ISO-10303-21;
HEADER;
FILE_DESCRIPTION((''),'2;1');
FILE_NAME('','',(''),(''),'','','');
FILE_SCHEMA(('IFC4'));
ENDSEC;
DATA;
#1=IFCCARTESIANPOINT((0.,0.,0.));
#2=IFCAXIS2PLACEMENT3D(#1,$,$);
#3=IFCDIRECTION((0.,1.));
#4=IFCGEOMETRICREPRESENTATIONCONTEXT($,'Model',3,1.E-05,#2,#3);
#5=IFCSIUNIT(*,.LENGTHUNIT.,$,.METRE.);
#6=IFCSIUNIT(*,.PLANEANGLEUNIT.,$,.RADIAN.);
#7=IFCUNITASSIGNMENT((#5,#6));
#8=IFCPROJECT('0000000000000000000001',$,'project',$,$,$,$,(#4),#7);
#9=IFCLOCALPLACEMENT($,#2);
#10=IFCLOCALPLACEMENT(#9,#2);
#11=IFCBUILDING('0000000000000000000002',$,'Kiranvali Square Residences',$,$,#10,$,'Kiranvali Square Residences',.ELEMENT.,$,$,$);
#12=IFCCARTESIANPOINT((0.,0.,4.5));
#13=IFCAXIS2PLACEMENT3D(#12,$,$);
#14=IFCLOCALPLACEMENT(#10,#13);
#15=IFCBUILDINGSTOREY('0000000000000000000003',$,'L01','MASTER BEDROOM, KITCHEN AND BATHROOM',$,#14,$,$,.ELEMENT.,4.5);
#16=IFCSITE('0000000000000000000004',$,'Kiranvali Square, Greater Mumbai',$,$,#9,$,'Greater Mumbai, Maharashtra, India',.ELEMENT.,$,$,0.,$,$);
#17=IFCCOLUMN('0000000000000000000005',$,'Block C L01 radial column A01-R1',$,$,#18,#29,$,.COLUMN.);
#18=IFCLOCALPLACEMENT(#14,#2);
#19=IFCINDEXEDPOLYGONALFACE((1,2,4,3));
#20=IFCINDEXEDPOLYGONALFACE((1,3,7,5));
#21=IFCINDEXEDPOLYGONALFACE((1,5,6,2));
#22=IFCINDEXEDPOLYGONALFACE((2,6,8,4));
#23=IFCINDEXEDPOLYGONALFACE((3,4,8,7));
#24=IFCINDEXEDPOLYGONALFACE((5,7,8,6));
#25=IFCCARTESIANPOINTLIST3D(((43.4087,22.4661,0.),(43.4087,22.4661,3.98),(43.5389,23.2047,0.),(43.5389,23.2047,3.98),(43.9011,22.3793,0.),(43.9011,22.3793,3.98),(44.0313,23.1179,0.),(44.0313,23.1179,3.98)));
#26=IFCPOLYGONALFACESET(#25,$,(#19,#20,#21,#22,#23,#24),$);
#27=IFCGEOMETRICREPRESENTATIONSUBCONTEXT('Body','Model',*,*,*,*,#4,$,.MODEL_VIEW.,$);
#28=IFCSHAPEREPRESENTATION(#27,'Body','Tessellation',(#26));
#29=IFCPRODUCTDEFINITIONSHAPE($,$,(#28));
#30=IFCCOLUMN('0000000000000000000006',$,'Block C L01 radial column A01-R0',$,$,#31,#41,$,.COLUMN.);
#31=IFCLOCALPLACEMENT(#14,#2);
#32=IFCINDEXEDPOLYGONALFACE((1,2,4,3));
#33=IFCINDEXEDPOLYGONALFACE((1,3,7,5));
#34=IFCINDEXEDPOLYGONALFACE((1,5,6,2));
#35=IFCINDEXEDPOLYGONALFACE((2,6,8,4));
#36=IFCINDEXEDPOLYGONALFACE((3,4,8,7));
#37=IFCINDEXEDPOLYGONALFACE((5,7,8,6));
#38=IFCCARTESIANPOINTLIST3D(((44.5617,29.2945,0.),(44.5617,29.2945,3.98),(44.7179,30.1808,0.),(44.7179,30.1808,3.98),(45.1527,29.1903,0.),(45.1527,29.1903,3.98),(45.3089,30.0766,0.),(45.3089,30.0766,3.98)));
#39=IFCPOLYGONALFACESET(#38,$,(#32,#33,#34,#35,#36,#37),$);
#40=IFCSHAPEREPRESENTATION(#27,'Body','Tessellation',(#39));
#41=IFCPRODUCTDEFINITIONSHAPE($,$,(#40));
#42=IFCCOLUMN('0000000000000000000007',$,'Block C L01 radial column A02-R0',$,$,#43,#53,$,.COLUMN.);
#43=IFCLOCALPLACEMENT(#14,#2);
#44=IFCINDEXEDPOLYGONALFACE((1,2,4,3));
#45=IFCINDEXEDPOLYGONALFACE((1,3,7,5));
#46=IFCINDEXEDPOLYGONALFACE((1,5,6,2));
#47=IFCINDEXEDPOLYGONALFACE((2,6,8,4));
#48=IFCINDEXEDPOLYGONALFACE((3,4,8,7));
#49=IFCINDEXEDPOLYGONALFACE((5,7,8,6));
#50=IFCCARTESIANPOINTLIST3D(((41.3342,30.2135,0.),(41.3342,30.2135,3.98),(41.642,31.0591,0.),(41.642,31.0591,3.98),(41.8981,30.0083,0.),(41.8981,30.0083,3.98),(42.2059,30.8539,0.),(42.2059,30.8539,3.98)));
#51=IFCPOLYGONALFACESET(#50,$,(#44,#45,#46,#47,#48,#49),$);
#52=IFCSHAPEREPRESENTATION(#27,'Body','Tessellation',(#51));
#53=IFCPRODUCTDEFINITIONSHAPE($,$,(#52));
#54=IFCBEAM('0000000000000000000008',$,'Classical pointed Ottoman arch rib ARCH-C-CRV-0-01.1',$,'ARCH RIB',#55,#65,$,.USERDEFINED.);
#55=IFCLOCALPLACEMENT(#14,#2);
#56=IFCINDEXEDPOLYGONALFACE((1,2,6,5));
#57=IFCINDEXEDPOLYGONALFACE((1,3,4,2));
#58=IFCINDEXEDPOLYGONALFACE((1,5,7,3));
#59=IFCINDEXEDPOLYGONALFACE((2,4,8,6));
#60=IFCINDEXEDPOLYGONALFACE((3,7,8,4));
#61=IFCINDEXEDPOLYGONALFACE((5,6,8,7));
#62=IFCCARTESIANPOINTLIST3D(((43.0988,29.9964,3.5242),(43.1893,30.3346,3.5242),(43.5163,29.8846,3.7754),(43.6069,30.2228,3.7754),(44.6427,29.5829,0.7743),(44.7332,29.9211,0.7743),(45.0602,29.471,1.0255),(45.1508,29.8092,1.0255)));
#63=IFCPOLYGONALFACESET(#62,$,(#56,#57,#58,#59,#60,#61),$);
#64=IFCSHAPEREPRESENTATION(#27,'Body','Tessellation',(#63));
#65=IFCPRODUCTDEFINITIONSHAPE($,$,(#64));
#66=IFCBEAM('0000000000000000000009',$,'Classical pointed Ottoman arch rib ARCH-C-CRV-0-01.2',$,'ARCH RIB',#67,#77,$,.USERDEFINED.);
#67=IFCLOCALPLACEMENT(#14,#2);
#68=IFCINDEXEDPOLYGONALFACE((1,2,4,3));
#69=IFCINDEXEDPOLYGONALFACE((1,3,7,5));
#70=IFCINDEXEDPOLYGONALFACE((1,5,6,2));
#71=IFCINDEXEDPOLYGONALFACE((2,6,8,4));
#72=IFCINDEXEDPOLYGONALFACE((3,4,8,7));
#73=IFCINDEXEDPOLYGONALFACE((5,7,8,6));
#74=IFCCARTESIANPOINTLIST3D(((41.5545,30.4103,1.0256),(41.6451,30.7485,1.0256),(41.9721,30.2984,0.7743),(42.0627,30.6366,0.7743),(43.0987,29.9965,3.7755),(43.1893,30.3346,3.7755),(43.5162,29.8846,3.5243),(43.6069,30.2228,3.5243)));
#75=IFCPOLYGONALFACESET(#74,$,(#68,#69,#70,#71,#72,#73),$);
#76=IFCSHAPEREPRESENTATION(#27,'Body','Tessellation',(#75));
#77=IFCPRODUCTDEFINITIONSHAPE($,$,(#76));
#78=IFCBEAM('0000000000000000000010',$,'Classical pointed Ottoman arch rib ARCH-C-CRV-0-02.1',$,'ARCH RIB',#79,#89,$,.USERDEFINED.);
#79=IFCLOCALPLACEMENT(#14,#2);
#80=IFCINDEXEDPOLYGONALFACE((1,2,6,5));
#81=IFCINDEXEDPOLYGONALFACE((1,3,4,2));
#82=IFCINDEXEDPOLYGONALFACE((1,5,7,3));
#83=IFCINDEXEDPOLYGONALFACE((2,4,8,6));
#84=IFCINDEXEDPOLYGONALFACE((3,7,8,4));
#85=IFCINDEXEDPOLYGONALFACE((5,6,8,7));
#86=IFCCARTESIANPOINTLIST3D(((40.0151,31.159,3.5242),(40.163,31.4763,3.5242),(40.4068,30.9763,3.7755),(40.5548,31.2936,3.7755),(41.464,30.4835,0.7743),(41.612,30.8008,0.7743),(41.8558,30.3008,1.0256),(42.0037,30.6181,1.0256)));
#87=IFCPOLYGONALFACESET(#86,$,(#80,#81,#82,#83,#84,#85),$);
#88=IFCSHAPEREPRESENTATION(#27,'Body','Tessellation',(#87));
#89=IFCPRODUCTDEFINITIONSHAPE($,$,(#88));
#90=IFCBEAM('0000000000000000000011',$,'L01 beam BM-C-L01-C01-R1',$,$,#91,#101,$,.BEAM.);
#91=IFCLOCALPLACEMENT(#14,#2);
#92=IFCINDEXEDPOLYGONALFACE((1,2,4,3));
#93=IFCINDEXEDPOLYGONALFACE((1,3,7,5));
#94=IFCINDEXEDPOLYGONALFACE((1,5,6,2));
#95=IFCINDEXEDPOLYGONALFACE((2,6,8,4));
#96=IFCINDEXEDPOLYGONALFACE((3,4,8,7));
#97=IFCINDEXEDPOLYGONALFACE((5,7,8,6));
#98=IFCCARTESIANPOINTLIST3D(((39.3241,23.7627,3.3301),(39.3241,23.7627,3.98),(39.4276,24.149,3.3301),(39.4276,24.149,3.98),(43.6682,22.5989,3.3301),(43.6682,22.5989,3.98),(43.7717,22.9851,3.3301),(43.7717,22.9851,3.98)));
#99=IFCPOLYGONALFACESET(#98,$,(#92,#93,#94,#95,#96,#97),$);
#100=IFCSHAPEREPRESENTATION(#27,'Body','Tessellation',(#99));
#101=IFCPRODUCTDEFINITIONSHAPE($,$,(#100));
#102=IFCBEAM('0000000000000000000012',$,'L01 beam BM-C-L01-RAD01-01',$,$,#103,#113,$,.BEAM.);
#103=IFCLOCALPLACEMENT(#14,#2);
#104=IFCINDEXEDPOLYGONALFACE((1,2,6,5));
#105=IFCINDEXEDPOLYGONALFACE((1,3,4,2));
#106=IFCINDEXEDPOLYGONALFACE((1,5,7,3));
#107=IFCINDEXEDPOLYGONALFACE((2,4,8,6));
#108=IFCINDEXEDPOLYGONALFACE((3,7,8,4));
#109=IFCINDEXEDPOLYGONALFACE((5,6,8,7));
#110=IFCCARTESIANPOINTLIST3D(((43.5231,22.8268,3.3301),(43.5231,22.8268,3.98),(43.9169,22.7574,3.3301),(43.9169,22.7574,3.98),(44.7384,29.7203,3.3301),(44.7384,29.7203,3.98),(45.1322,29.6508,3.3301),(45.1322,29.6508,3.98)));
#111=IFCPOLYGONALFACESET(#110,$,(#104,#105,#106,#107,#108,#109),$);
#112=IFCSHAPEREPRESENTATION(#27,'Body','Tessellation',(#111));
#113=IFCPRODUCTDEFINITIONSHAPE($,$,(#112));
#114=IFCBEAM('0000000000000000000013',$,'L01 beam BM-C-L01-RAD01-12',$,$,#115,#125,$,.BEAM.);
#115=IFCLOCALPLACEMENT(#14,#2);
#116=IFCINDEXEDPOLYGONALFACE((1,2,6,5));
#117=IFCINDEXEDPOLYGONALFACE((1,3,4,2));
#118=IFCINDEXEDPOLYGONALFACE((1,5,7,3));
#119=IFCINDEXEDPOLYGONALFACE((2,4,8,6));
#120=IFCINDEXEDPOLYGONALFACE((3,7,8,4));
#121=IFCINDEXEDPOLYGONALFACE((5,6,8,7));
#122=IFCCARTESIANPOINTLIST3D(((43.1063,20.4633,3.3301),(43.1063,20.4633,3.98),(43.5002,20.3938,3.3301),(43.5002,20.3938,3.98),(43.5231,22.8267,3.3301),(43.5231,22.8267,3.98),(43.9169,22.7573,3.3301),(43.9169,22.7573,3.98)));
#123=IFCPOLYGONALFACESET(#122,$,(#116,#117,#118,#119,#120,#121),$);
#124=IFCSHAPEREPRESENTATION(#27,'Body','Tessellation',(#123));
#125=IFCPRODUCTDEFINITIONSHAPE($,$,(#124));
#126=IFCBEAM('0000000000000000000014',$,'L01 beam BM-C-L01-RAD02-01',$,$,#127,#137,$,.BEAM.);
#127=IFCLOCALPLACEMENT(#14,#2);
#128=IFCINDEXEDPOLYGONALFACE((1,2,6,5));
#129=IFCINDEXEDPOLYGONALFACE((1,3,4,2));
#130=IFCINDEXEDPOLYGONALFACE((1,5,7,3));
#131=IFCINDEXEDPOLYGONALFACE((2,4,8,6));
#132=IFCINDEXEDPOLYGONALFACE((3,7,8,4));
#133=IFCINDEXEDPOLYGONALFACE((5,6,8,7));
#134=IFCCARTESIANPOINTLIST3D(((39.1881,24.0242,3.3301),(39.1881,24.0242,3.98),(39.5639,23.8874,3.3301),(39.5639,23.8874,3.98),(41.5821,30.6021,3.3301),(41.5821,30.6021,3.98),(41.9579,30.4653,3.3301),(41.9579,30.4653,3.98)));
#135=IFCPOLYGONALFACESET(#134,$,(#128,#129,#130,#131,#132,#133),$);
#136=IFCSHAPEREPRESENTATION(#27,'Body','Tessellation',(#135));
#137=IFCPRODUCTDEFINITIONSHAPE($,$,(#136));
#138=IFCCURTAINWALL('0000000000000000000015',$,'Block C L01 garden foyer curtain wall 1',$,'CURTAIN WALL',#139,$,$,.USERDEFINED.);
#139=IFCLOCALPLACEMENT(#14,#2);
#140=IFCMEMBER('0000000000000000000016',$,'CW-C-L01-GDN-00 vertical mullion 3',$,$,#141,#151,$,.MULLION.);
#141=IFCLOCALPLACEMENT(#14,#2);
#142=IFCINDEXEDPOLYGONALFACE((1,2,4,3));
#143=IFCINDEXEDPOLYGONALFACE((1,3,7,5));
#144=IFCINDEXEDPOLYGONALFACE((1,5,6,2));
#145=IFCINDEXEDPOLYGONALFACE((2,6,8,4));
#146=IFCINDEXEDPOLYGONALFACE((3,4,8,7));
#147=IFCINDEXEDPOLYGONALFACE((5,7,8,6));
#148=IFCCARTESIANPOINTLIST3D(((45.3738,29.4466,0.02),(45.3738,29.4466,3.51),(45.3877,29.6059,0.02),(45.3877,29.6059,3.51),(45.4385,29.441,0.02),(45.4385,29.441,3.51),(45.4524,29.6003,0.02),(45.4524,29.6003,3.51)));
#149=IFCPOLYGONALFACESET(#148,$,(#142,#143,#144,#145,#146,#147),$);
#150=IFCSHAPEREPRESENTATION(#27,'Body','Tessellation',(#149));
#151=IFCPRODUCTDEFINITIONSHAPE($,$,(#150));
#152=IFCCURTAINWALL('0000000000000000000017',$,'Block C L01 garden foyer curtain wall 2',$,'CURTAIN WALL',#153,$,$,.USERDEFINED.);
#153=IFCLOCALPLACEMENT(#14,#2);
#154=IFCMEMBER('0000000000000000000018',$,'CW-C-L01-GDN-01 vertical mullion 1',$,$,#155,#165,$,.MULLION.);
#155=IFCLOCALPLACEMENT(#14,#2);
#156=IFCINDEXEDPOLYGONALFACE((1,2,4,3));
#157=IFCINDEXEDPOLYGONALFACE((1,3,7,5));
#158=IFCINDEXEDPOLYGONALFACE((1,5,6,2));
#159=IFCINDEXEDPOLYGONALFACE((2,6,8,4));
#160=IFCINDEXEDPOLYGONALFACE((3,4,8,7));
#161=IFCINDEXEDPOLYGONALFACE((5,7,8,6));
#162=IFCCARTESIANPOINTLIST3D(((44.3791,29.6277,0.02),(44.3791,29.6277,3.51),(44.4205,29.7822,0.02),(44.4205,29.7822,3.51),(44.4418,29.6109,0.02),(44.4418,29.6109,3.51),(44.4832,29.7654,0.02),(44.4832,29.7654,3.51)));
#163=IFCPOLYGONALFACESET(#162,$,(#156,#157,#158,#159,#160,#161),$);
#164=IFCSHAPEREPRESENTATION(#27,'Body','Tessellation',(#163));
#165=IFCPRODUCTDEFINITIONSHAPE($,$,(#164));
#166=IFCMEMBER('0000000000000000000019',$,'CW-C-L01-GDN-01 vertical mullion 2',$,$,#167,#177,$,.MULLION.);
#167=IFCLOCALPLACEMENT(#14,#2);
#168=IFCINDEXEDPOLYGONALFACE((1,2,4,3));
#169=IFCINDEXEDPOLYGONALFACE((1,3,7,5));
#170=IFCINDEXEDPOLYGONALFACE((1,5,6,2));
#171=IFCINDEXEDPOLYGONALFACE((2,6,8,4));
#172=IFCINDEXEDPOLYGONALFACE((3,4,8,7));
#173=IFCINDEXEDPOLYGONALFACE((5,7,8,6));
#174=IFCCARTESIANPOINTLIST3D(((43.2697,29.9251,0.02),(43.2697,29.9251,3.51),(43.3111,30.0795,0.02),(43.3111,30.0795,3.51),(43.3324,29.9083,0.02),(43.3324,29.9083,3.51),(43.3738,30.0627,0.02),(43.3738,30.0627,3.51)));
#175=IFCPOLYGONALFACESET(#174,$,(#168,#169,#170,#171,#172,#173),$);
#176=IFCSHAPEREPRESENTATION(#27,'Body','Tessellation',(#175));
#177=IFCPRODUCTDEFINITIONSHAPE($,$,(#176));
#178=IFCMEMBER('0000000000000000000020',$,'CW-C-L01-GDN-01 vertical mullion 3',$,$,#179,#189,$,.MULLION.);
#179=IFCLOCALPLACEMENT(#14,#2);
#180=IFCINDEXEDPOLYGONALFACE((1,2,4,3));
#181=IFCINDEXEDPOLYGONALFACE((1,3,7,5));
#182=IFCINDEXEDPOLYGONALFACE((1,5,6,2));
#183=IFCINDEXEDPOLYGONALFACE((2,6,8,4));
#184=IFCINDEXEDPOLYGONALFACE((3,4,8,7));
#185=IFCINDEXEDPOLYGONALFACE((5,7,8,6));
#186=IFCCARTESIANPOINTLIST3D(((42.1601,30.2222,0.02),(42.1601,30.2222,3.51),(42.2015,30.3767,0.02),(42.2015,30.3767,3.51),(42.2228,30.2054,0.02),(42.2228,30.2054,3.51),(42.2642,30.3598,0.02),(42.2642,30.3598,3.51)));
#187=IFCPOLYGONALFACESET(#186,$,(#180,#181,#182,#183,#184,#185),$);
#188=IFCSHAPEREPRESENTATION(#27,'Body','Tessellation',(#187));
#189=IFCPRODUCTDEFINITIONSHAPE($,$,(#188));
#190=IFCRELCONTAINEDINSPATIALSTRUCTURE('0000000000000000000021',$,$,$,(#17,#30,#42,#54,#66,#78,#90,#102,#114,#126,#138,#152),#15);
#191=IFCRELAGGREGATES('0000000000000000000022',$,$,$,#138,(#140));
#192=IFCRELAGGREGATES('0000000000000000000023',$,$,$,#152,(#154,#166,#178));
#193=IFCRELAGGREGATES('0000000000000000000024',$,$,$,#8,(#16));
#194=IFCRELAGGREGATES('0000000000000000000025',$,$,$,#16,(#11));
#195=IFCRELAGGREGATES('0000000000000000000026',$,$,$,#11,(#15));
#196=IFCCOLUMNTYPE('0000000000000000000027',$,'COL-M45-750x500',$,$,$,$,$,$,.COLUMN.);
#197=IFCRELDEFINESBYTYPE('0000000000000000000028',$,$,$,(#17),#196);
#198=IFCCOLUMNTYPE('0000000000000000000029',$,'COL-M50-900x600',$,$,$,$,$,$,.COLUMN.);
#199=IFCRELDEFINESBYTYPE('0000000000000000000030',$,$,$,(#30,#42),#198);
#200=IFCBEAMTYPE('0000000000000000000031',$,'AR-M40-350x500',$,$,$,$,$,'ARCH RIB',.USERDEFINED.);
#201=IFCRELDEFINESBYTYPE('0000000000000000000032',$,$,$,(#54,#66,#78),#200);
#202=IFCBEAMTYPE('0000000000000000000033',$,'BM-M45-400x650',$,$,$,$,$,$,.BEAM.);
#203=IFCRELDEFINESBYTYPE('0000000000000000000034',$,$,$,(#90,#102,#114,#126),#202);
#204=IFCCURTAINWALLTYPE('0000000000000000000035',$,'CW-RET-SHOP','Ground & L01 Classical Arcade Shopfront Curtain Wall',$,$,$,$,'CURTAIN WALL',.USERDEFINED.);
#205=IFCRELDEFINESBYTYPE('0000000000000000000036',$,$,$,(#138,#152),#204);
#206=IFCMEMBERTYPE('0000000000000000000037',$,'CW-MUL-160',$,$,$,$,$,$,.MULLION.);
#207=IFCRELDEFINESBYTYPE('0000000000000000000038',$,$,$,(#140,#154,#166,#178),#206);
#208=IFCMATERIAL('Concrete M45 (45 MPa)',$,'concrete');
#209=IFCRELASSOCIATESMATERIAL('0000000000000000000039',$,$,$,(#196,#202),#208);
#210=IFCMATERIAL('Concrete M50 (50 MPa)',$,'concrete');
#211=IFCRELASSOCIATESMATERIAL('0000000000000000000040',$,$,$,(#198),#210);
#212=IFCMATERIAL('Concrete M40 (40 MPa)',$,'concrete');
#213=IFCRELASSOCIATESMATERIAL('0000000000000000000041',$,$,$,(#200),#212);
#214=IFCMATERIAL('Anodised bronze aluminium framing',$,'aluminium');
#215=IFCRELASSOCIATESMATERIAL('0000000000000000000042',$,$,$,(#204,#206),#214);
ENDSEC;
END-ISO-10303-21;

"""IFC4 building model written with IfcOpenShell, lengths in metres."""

from ifc_helpers import new_model, si_unit, direction, frame, origin, origin_2d, place, context, subcontext, project, spatial, rectangle, extrude, material, material_profile, profile_set, type_object, element, aggregate, save


model = new_model("IFC4")

# Units and contexts
model_context = context("Model", 3, precision=1e-05, world=origin(), true_north=direction((0.0, 1.0)))
body_context = subcontext(model_context, "Body", "Model", "MODEL_VIEW")
ifc_project = project(units=[si_unit("LENGTHUNIT", "METRE"), si_unit("PLANEANGLEUNIT", "RADIAN")], contexts=[model_context])

# Site, building, storey
site_placement = place(None, origin())
site = spatial("IfcSite", under=ifc_project, at=site_placement, Name="Kiranvali Square, Greater Mumbai", LongName="Greater Mumbai, Maharashtra, India", CompositionType="ELEMENT", RefElevation=0.0)
building_placement = place(site_placement, origin())
building = spatial("IfcBuilding", under=site, at=building_placement, Name="Kiranvali Square Residences", LongName="Kiranvali Square Residences", CompositionType="ELEMENT")
storey_placement = place(building_placement, frame((0.0, 0.0, 4.5)))
storey = spatial("IfcBuildingStorey", under=building, at=storey_placement, Name="L01", Description="MASTER BEDROOM, KITCHEN AND BATHROOM", CompositionType="ELEMENT", Elevation=4.5)

# Columns
ifc_material_1 = material(Name="Concrete M45 (45 MPa)", Category="concrete")
ifc_material_profile_1 = material_profile(ifc_material_1, rectangle(XDim=0.5, YDim=0.75, at=origin_2d()), Name="RC 750x500")
ifc_profile_set_1 = profile_set([ifc_material_profile_1], Name="Concrete M45 (45 MPa)")
column_type_1 = type_object("IfcColumnType", Name="COL-M45-750x500", PredefinedType="COLUMN", material=ifc_profile_set_1)
column_placement = place(storey_placement, frame((43.72, 22.792, 0.0), z_axis=(0.0, 0.0, 1.0), x_axis=(-0.984808, 0.173648, 0.0)))
element("IfcColumn", 1, at=column_placement, inside=storey, type_object=column_type_1, Name="Block C L01 radial column A01-R1", PredefinedType="COLUMN", context=body_context, shape_type="SweptSolid", body=[
    extrude(rectangle(XDim=0.5, YDim=0.75, at=origin_2d()), origin(), (0.0, 0.0, 1.0), 3.98),
])
ifc_material_2 = material(Name="Concrete M50 (50 MPa)", Category="concrete")
ifc_material_profile_2 = material_profile(ifc_material_2, rectangle(XDim=0.6001, YDim=0.8999, at=origin_2d()), Name="RC 900x600")
ifc_profile_set_2 = profile_set([ifc_material_profile_2], Name="Concrete M50 (50 MPa)")
column_type_2 = type_object("IfcColumnType", Name="COL-M50-900x600", PredefinedType="COLUMN", material=ifc_profile_set_2)
for number, where, z_axis, x_axis, name in (
    (2, (44.9353, 29.6855, 0.0), (0.0, 0.0, 1.0), (-0.984808, 0.173648, 0.0), "Block C L01 radial column A01-R0"),
    (3, (41.77, 30.5337, 0.0), (0.0, 0.0, 1.0), (-0.939693, 0.34202, 0.0), "Block C L01 radial column A02-R0"),
):
    element("IfcColumn", number, at=place(storey_placement, frame(where, z_axis=z_axis, x_axis=x_axis)), inside=storey, type_object=column_type_2, Name=name, PredefinedType="COLUMN", context=body_context, shape_type="SweptSolid", body=[
        extrude(rectangle(XDim=0.6001, YDim=0.8999, at=origin_2d()), origin(), (0.0, 0.0, 1.0), 3.98),
    ])

# Beams
ifc_material_3 = material(Name="Concrete M40 (40 MPa)", Category="concrete")
ifc_material_profile_3 = material_profile(ifc_material_3, rectangle(XDim=0.3501, YDim=0.5, at=origin_2d()), Name="RC 350x500")
ifc_profile_set_3 = profile_set([ifc_material_profile_3], Name="Concrete M40 (40 MPa)")
beam_type_1 = type_object("IfcBeamType", Name="AR-M40-350x500", ElementType="ARCH RIB", PredefinedType="USERDEFINED", material=ifc_profile_set_3)
beam_1_placement = place(storey_placement, frame((44.8967, 29.696, 0.8999), z_axis=(-0.4854, 0.130023, 0.86457), x_axis=(-0.258746, -0.965945, 0.0)))
element("IfcBeam", 4, at=beam_1_placement, inside=storey, type_object=beam_type_1, Name="Classical pointed Ottoman arch rib ARCH-C-CRV-0-01.1", ObjectType="ARCH RIB", PredefinedType="USERDEFINED", context=body_context, shape_type="SweptSolid", body=[
    extrude(rectangle(XDim=0.3501, YDim=0.5, at=origin_2d()), origin(), (0.0, 0.0, 1.0), 3.1807),
])
for number, where, z_axis, x_axis, name in (
    (5, (43.3528, 30.1096, 3.6499), (-0.485453, 0.130094, -0.864529), (-0.258851, -0.965917, 0.0), "Classical pointed Ottoman arch rib ARCH-C-CRV-0-01.2"),
    (6, (41.7339, 30.5508, 0.8999), (-0.455518, 0.21237, 0.864524), (-0.422551, -0.906339, 0.0), "Classical pointed Ottoman arch rib ARCH-C-CRV-0-02.1"),
):
    element("IfcBeam", number, at=place(storey_placement, frame(where, z_axis=z_axis, x_axis=x_axis)), inside=storey, type_object=beam_type_1, Name=name, ObjectType="ARCH RIB", PredefinedType="USERDEFINED", context=body_context, shape_type="SweptSolid", body=[
        extrude(rectangle(XDim=0.3501, YDim=0.5, at=origin_2d()), origin(), (0.0, 0.0, 1.0), 3.1809),
    ])
ifc_material_profile_4 = material_profile(ifc_material_1, rectangle(XDim=0.3999, YDim=0.6499, at=origin_2d()), Name="RC 400x650")
ifc_profile_set_4 = profile_set([ifc_material_profile_4], Name="Concrete M45 (45 MPa)")
beam_type_2 = type_object("IfcBeamType", Name="BM-M45-400x650", PredefinedType="BEAM", material=ifc_profile_set_4)
beam_2_placement = place(storey_placement, frame((43.72, 22.792, 3.655), z_axis=(-0.965934, 0.258788, 0.0), x_axis=(-0.258788, -0.965934, 0.0)))
element("IfcBeam", 7, at=beam_2_placement, inside=storey, type_object=beam_type_2, Name="L01 beam BM-C-L01-C01-R1", PredefinedType="BEAM", context=body_context, shape_type="SweptSolid", body=[
    extrude(rectangle(XDim=0.3999, YDim=0.6499, at=origin_2d()), origin(), (0.0, 0.0, 1.0), 4.4973),
])
beam_3_placement = place(storey_placement, frame((44.9353, 29.6855, 3.655), z_axis=(-0.173622, -0.984812, 0.0), x_axis=(0.984812, -0.173622, 0.0)))
element("IfcBeam", 8, at=beam_3_placement, inside=storey, type_object=beam_type_2, Name="L01 beam BM-C-L01-RAD01-01", PredefinedType="BEAM", context=body_context, shape_type="SweptSolid", body=[
    extrude(rectangle(XDim=0.3999, YDim=0.6499, at=origin_2d()), origin(), (0.0, 0.0, 1.0), 6.9998),
])
beam_4_placement = place(storey_placement, frame((43.72, 22.792, 3.655), z_axis=(-0.173646, -0.984808, 0.0), x_axis=(0.984808, -0.173646, 0.0)))
element("IfcBeam", 9, at=beam_4_placement, inside=storey, type_object=beam_type_2, Name="L01 beam BM-C-L01-RAD01-12", PredefinedType="BEAM", context=body_context, shape_type="SweptSolid", body=[
    extrude(rectangle(XDim=0.3999, YDim=0.6499, at=origin_2d()), origin(), (0.0, 0.0, 1.0), 2.3999),
])
beam_5_placement = place(storey_placement, frame((41.77, 30.5337, 3.655), z_axis=(-0.342006, -0.939698, 0.0), x_axis=(0.939698, -0.342006, 0.0)))
element("IfcBeam", 10, at=beam_5_placement, inside=storey, type_object=beam_type_2, Name="L01 beam BM-C-L01-RAD02-01", PredefinedType="BEAM", context=body_context, shape_type="SweptSolid", body=[
    extrude(rectangle(XDim=0.3999, YDim=0.6499, at=origin_2d()), origin(), (0.0, 0.0, 1.0), 7.0),
])

# Curtain wall, member
ifc_material_4 = material(Name="Anodised bronze aluminium framing", Category="aluminium")
curtain_wall_type = type_object("IfcCurtainWallType", Name="CW-RET-SHOP", Description="Ground & L01 Classical Arcade Shopfront Curtain Wall", ElementType="CURTAIN WALL", PredefinedType="USERDEFINED", material=ifc_material_4)
curtain_wall_1_placement = place(storey_placement, origin())
curtain_wall_1 = element("IfcCurtainWall", 11, at=curtain_wall_1_placement, inside=storey, type_object=curtain_wall_type, Name="Block C L01 garden foyer curtain wall 1", ObjectType="CURTAIN WALL", PredefinedType="USERDEFINED")
ifc_material_profile_5 = material_profile(ifc_material_4, rectangle(XDim=0.0649, YDim=0.1599, at=origin_2d()), Name="ALU 65x160")
ifc_profile_set_5 = profile_set([ifc_material_profile_5], Name="Anodised bronze aluminium framing")
member_type_1 = type_object("IfcMemberType", Name="CW-MUL-160", PredefinedType="MULLION", material=ifc_profile_set_5)
member_1_placement = place(storey_placement, frame((45.4131, 29.5234, 0.02), z_axis=(0.0, 0.0, 1.0), x_axis=(-0.996195, 0.087156, 0.0)))
member_1 = element("IfcMember", 12, at=member_1_placement, type_object=member_type_1, Name="CW-C-L01-GDN-00 vertical mullion 3", PredefinedType="MULLION", context=body_context, shape_type="SweptSolid", body=[
    extrude(rectangle(XDim=0.0649, YDim=0.1599, at=origin_2d()), origin(), (0.0, 0.0, 1.0), 3.49),
])
aggregate(curtain_wall_1, [member_1])

# Curtain wall, members
curtain_wall_2_placement = place(storey_placement, origin())
curtain_wall_2 = element("IfcCurtainWall", 13, at=curtain_wall_2_placement, inside=storey, type_object=curtain_wall_type, Name="Block C L01 garden foyer curtain wall 2", ObjectType="CURTAIN WALL", PredefinedType="USERDEFINED")
member_2_placement = place(storey_placement, frame((44.4312, 29.6965, 0.02), z_axis=(0.0, 0.0, 1.0), x_axis=(-0.965926, 0.258819, 0.0)))
member_2 = element("IfcMember", 14, at=member_2_placement, type_object=member_type_1, Name="CW-C-L01-GDN-01 vertical mullion 1", PredefinedType="MULLION", context=body_context, shape_type="SweptSolid", body=[
    extrude(rectangle(XDim=0.0649, YDim=0.1599, at=origin_2d()), origin(), (0.0, 0.0, 1.0), 3.49),
])
member_3_placement = place(storey_placement, frame((43.3218, 29.9939, 0.02), z_axis=(0.0, 0.0, 1.0), x_axis=(-0.965926, 0.258819, 0.0)))
member_3 = element("IfcMember", 15, at=member_3_placement, type_object=member_type_1, Name="CW-C-L01-GDN-01 vertical mullion 2", PredefinedType="MULLION", context=body_context, shape_type="SweptSolid", body=[
    extrude(rectangle(XDim=0.0649, YDim=0.1599, at=origin_2d()), origin(), (0.0, 0.0, 1.0), 3.49),
])
member_4_placement = place(storey_placement, frame((42.2122, 30.291, 0.02), z_axis=(0.0, 0.0, 1.0), x_axis=(-0.965926, 0.258819, 0.0)))
member_4 = element("IfcMember", 16, at=member_4_placement, type_object=member_type_1, Name="CW-C-L01-GDN-01 vertical mullion 3", PredefinedType="MULLION", context=body_context, shape_type="SweptSolid", body=[
    extrude(rectangle(XDim=0.0649, YDim=0.1599, at=origin_2d()), origin(), (0.0, 0.0, 1.0), 3.49),
])

aggregate(curtain_wall_2, [member_2, member_3, member_4])

save(model, "model.ifc")
